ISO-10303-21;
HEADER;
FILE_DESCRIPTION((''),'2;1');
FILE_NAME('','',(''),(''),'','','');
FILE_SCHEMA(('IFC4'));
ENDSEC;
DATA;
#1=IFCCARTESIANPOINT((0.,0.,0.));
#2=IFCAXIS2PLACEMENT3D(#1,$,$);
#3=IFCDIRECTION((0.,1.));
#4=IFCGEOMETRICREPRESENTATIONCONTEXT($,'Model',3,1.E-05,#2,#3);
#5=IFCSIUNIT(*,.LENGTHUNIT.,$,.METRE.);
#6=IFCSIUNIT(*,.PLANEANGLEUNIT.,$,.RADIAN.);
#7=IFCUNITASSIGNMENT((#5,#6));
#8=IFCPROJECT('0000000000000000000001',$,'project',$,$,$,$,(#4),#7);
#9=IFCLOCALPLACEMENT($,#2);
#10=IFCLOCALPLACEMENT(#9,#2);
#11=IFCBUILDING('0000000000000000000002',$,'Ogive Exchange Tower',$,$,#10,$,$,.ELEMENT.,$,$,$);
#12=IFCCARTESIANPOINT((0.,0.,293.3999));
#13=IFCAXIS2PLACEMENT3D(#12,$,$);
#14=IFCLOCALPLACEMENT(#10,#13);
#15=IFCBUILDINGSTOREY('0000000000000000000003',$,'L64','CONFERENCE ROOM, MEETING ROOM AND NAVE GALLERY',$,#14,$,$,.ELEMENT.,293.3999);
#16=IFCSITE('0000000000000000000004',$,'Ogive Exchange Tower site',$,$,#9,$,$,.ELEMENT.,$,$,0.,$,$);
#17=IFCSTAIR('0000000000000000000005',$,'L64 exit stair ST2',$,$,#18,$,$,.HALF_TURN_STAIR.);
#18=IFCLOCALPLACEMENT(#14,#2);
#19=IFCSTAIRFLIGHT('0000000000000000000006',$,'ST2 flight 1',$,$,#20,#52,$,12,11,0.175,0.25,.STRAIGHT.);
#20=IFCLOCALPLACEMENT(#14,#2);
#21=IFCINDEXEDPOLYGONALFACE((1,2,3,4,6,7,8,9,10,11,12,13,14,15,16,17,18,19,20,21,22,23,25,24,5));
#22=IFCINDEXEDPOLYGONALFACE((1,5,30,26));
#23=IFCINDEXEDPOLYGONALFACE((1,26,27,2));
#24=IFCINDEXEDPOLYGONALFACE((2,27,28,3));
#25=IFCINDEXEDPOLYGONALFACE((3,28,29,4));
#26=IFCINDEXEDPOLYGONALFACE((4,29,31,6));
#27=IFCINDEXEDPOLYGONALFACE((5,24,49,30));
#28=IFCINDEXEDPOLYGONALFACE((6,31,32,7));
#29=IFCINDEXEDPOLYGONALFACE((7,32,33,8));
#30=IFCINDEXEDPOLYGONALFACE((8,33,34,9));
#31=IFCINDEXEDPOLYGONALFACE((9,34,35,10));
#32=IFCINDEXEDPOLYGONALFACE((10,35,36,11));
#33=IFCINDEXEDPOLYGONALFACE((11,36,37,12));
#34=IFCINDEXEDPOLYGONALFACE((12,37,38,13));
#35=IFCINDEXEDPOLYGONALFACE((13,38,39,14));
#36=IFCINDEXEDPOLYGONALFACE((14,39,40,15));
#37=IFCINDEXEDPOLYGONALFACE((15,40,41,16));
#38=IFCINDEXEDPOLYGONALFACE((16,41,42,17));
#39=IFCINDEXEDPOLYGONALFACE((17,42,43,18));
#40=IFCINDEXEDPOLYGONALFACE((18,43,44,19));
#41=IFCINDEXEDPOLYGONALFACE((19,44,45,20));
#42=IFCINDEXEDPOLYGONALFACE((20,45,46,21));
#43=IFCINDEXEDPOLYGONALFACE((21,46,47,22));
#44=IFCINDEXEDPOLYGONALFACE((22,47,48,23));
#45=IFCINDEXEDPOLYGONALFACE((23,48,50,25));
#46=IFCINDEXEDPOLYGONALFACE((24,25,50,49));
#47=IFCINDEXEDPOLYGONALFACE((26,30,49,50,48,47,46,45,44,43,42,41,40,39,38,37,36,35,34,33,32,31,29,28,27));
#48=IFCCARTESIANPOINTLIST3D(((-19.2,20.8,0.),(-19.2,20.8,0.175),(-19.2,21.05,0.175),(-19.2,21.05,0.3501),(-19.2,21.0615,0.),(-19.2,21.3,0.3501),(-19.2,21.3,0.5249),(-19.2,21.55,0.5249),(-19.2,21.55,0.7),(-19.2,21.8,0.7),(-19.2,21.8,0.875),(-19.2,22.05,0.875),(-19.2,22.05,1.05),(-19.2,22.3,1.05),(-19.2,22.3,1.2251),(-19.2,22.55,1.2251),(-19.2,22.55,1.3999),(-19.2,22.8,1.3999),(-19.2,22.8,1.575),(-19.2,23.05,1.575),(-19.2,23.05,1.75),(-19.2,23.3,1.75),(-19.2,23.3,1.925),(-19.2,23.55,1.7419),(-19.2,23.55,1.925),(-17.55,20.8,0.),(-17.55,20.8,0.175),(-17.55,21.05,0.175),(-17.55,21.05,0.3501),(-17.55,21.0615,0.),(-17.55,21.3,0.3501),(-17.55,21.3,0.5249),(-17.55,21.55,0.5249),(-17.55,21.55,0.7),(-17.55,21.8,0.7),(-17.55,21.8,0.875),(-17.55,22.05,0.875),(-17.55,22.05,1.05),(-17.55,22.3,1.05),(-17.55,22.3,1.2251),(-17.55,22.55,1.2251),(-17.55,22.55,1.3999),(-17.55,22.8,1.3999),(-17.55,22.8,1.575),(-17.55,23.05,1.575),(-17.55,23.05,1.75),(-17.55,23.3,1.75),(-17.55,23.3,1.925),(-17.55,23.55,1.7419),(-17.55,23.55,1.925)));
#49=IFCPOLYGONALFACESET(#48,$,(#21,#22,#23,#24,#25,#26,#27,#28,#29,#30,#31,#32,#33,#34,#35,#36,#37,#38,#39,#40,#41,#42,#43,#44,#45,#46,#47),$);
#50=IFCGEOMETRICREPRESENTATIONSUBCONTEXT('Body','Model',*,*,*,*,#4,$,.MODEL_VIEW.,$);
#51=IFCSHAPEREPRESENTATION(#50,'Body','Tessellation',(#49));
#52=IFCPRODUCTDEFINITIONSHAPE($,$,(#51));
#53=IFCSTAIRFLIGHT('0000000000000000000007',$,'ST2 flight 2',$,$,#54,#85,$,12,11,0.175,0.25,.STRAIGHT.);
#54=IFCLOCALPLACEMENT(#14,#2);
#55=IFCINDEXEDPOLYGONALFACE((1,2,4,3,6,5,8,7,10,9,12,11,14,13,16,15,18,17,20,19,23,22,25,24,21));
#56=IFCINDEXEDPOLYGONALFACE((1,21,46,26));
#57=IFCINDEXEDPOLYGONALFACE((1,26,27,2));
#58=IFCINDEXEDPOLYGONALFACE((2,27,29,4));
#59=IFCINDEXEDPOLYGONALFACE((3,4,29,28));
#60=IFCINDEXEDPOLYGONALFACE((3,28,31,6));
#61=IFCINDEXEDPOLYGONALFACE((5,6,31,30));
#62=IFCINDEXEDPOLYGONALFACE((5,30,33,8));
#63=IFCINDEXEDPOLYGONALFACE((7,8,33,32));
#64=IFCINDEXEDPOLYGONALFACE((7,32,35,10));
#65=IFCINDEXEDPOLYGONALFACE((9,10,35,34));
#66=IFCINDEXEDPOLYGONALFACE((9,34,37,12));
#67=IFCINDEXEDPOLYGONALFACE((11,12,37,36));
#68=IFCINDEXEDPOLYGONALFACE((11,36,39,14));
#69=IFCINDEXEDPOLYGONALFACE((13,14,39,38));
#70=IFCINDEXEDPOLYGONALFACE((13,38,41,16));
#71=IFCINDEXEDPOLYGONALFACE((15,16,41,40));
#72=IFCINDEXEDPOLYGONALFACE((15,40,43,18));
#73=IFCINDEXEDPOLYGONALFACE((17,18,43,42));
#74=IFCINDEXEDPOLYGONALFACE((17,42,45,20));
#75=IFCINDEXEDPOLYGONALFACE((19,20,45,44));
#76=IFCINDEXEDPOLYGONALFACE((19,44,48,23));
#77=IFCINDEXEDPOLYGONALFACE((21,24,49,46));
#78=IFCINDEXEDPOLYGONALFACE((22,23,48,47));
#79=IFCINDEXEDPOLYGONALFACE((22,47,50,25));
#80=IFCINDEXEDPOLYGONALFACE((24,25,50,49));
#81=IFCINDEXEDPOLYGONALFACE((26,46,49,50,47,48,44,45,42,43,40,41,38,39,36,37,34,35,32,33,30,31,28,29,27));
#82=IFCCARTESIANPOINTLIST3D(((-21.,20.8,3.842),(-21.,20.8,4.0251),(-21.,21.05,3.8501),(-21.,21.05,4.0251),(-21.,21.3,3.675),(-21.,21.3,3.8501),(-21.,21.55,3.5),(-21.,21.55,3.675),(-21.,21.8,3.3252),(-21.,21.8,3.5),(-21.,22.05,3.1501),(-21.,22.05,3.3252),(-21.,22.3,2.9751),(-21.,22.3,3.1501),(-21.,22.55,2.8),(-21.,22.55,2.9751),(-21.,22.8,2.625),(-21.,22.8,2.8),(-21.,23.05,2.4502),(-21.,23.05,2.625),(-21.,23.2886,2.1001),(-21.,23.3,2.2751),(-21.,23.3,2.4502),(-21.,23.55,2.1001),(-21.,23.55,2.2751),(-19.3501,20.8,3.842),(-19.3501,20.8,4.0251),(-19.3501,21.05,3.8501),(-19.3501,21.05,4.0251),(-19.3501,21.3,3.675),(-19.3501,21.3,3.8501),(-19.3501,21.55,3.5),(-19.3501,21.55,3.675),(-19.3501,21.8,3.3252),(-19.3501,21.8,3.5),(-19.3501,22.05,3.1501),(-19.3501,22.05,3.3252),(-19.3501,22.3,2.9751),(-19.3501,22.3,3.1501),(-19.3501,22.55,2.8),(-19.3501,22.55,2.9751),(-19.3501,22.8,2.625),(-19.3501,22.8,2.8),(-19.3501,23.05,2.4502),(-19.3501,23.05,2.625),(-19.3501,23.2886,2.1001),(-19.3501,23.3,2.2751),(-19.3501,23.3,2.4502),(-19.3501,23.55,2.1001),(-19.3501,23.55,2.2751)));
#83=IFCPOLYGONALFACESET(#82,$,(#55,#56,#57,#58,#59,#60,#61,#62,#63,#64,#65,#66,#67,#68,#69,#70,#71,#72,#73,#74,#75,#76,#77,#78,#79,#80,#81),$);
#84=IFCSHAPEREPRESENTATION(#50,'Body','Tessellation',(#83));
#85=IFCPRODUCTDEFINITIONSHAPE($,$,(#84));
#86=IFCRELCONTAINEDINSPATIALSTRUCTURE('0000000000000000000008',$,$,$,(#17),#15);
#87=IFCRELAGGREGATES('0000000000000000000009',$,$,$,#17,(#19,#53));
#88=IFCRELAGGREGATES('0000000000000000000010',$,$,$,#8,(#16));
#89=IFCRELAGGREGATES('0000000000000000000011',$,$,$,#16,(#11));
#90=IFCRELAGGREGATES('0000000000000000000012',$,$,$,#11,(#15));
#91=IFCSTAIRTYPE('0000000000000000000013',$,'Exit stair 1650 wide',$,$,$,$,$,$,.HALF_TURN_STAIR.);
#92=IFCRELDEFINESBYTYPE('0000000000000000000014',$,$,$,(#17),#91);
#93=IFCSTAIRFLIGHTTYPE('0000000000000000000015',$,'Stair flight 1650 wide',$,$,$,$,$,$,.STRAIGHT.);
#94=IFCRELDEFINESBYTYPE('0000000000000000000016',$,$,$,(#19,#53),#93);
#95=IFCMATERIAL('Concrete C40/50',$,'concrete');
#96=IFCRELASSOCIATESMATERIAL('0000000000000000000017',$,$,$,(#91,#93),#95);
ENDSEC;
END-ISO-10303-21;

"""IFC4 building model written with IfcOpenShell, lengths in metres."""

from ifc_helpers import new_model, si_unit, direction, frame, origin, place, context, subcontext, project, spatial, polyline, outline, extrude, material, type_object, element, aggregate, save


model = new_model("IFC4")

# Units and contexts
model_context = context("Model", 3, precision=1e-05, world=origin(), true_north=direction((0.0, 1.0)))
body_context = subcontext(model_context, "Body", "Model", "MODEL_VIEW")
ifc_project = project(units=[si_unit("LENGTHUNIT", "METRE"), si_unit("PLANEANGLEUNIT", "RADIAN")], contexts=[model_context])

# Site, building, storey
site_placement = place(None, origin())
site = spatial("IfcSite", under=ifc_project, at=site_placement, Name="Ogive Exchange Tower site", CompositionType="ELEMENT", RefElevation=0.0)
building_placement = place(site_placement, origin())
building = spatial("IfcBuilding", under=site, at=building_placement, Name="Ogive Exchange Tower", CompositionType="ELEMENT")
storey_placement = place(building_placement, frame((0.0, 0.0, 293.3999)))
storey = spatial("IfcBuildingStorey", under=building, at=storey_placement, Name="L64", Description="CONFERENCE ROOM, MEETING ROOM AND NAVE GALLERY", CompositionType="ELEMENT", Elevation=293.3999)

# Stair, stair flights
ifc_material_1 = material(Name="Concrete C40/50", Category="concrete")
stair_type = type_object("IfcStairType", Name="Exit stair 1650 wide", PredefinedType="HALF_TURN_STAIR", material=ifc_material_1)
stair_placement = place(storey_placement, origin())
stair = element("IfcStair", 1, at=stair_placement, inside=storey, type_object=stair_type, Name="L64 exit stair ST2", PredefinedType="HALF_TURN_STAIR")
stair_flight_type = type_object("IfcStairFlightType", Name="Stair flight 1650 wide", PredefinedType="STRAIGHT", material=ifc_material_1)
stair_flight_1_placement = place(storey_placement, frame((-18.375, 20.8, 0.0), z_axis=(0.0, 0.0, 1.0), x_axis=(0.0, 1.0, 0.0)))
stair_flight_1 = element("IfcStairFlight", 2, at=stair_flight_1_placement, type_object=stair_flight_type, Name="ST2 flight 1", NumberOfRisers=12, NumberOfTreads=11, PredefinedType="STRAIGHT", RiserHeight=0.175, TreadLength=0.25, context=body_context, shape_type="SweptSolid", body=[
    extrude(outline(polyline([(0.0, 0.0), (0.0, 0.175), (0.25, 0.175), (0.25, 0.3501), (0.5, 0.3501), (0.5, 0.5249), (0.75, 0.5249), (0.75, 0.7), (1.0, 0.7), (1.0, 0.875), (1.25, 0.875), (1.25, 1.05), (1.5, 1.05), (1.5, 1.2251), (1.75, 1.2251), (1.75, 1.3999), (2.0, 1.3999), (2.0, 1.575), (2.25, 1.575), (2.25, 1.75), (2.5, 1.75), (2.5, 1.925), (2.75, 1.925), (2.75, 2.1001), (2.75, 1.7419), (0.2615, 0.0), (0.0, 0.0)])), frame((0.0, 0.825, 0.0), z_axis=(0.0, -1.0, 0.0), x_axis=(1.0, 0.0, 0.0)), (0.0, 0.0, 1.0), 1.6499),
])
stair_flight_2_placement = place(storey_placement, frame((-20.175, 23.55, 2.1001), z_axis=(0.0, 0.0, 1.0), x_axis=(0.0, -1.0, 0.0)))
stair_flight_2 = element("IfcStairFlight", 3, at=stair_flight_2_placement, type_object=stair_flight_type, Name="ST2 flight 2", NumberOfRisers=12, NumberOfTreads=11, PredefinedType="STRAIGHT", RiserHeight=0.175, TreadLength=0.25, context=body_context, shape_type="SweptSolid", body=[
    extrude(outline(polyline([(0.0, 0.0), (0.0, 0.175), (0.25, 0.175), (0.25, 0.3501), (0.5, 0.3501), (0.5, 0.5249), (0.75, 0.5249), (0.75, 0.7), (1.0, 0.7), (1.0, 0.875), (1.25, 0.875), (1.25, 1.05), (1.5, 1.05), (1.5, 1.2251), (1.75, 1.2251), (1.75, 1.3999), (2.0, 1.3999), (2.0, 1.575), (2.25, 1.575), (2.25, 1.75), (2.5, 1.75), (2.5, 1.925), (2.75, 1.925), (2.75, 2.1001), (2.75, 1.7419), (0.2615, 0.0), (0.0, 0.0)])), frame((0.0, 0.825, 0.0), z_axis=(0.0, -1.0, 0.0), x_axis=(1.0, 0.0, 0.0)), (0.0, 0.0, 1.0), 1.6499),
])
aggregate(stair, [stair_flight_1, stair_flight_2])

save(model, "model.ifc")
